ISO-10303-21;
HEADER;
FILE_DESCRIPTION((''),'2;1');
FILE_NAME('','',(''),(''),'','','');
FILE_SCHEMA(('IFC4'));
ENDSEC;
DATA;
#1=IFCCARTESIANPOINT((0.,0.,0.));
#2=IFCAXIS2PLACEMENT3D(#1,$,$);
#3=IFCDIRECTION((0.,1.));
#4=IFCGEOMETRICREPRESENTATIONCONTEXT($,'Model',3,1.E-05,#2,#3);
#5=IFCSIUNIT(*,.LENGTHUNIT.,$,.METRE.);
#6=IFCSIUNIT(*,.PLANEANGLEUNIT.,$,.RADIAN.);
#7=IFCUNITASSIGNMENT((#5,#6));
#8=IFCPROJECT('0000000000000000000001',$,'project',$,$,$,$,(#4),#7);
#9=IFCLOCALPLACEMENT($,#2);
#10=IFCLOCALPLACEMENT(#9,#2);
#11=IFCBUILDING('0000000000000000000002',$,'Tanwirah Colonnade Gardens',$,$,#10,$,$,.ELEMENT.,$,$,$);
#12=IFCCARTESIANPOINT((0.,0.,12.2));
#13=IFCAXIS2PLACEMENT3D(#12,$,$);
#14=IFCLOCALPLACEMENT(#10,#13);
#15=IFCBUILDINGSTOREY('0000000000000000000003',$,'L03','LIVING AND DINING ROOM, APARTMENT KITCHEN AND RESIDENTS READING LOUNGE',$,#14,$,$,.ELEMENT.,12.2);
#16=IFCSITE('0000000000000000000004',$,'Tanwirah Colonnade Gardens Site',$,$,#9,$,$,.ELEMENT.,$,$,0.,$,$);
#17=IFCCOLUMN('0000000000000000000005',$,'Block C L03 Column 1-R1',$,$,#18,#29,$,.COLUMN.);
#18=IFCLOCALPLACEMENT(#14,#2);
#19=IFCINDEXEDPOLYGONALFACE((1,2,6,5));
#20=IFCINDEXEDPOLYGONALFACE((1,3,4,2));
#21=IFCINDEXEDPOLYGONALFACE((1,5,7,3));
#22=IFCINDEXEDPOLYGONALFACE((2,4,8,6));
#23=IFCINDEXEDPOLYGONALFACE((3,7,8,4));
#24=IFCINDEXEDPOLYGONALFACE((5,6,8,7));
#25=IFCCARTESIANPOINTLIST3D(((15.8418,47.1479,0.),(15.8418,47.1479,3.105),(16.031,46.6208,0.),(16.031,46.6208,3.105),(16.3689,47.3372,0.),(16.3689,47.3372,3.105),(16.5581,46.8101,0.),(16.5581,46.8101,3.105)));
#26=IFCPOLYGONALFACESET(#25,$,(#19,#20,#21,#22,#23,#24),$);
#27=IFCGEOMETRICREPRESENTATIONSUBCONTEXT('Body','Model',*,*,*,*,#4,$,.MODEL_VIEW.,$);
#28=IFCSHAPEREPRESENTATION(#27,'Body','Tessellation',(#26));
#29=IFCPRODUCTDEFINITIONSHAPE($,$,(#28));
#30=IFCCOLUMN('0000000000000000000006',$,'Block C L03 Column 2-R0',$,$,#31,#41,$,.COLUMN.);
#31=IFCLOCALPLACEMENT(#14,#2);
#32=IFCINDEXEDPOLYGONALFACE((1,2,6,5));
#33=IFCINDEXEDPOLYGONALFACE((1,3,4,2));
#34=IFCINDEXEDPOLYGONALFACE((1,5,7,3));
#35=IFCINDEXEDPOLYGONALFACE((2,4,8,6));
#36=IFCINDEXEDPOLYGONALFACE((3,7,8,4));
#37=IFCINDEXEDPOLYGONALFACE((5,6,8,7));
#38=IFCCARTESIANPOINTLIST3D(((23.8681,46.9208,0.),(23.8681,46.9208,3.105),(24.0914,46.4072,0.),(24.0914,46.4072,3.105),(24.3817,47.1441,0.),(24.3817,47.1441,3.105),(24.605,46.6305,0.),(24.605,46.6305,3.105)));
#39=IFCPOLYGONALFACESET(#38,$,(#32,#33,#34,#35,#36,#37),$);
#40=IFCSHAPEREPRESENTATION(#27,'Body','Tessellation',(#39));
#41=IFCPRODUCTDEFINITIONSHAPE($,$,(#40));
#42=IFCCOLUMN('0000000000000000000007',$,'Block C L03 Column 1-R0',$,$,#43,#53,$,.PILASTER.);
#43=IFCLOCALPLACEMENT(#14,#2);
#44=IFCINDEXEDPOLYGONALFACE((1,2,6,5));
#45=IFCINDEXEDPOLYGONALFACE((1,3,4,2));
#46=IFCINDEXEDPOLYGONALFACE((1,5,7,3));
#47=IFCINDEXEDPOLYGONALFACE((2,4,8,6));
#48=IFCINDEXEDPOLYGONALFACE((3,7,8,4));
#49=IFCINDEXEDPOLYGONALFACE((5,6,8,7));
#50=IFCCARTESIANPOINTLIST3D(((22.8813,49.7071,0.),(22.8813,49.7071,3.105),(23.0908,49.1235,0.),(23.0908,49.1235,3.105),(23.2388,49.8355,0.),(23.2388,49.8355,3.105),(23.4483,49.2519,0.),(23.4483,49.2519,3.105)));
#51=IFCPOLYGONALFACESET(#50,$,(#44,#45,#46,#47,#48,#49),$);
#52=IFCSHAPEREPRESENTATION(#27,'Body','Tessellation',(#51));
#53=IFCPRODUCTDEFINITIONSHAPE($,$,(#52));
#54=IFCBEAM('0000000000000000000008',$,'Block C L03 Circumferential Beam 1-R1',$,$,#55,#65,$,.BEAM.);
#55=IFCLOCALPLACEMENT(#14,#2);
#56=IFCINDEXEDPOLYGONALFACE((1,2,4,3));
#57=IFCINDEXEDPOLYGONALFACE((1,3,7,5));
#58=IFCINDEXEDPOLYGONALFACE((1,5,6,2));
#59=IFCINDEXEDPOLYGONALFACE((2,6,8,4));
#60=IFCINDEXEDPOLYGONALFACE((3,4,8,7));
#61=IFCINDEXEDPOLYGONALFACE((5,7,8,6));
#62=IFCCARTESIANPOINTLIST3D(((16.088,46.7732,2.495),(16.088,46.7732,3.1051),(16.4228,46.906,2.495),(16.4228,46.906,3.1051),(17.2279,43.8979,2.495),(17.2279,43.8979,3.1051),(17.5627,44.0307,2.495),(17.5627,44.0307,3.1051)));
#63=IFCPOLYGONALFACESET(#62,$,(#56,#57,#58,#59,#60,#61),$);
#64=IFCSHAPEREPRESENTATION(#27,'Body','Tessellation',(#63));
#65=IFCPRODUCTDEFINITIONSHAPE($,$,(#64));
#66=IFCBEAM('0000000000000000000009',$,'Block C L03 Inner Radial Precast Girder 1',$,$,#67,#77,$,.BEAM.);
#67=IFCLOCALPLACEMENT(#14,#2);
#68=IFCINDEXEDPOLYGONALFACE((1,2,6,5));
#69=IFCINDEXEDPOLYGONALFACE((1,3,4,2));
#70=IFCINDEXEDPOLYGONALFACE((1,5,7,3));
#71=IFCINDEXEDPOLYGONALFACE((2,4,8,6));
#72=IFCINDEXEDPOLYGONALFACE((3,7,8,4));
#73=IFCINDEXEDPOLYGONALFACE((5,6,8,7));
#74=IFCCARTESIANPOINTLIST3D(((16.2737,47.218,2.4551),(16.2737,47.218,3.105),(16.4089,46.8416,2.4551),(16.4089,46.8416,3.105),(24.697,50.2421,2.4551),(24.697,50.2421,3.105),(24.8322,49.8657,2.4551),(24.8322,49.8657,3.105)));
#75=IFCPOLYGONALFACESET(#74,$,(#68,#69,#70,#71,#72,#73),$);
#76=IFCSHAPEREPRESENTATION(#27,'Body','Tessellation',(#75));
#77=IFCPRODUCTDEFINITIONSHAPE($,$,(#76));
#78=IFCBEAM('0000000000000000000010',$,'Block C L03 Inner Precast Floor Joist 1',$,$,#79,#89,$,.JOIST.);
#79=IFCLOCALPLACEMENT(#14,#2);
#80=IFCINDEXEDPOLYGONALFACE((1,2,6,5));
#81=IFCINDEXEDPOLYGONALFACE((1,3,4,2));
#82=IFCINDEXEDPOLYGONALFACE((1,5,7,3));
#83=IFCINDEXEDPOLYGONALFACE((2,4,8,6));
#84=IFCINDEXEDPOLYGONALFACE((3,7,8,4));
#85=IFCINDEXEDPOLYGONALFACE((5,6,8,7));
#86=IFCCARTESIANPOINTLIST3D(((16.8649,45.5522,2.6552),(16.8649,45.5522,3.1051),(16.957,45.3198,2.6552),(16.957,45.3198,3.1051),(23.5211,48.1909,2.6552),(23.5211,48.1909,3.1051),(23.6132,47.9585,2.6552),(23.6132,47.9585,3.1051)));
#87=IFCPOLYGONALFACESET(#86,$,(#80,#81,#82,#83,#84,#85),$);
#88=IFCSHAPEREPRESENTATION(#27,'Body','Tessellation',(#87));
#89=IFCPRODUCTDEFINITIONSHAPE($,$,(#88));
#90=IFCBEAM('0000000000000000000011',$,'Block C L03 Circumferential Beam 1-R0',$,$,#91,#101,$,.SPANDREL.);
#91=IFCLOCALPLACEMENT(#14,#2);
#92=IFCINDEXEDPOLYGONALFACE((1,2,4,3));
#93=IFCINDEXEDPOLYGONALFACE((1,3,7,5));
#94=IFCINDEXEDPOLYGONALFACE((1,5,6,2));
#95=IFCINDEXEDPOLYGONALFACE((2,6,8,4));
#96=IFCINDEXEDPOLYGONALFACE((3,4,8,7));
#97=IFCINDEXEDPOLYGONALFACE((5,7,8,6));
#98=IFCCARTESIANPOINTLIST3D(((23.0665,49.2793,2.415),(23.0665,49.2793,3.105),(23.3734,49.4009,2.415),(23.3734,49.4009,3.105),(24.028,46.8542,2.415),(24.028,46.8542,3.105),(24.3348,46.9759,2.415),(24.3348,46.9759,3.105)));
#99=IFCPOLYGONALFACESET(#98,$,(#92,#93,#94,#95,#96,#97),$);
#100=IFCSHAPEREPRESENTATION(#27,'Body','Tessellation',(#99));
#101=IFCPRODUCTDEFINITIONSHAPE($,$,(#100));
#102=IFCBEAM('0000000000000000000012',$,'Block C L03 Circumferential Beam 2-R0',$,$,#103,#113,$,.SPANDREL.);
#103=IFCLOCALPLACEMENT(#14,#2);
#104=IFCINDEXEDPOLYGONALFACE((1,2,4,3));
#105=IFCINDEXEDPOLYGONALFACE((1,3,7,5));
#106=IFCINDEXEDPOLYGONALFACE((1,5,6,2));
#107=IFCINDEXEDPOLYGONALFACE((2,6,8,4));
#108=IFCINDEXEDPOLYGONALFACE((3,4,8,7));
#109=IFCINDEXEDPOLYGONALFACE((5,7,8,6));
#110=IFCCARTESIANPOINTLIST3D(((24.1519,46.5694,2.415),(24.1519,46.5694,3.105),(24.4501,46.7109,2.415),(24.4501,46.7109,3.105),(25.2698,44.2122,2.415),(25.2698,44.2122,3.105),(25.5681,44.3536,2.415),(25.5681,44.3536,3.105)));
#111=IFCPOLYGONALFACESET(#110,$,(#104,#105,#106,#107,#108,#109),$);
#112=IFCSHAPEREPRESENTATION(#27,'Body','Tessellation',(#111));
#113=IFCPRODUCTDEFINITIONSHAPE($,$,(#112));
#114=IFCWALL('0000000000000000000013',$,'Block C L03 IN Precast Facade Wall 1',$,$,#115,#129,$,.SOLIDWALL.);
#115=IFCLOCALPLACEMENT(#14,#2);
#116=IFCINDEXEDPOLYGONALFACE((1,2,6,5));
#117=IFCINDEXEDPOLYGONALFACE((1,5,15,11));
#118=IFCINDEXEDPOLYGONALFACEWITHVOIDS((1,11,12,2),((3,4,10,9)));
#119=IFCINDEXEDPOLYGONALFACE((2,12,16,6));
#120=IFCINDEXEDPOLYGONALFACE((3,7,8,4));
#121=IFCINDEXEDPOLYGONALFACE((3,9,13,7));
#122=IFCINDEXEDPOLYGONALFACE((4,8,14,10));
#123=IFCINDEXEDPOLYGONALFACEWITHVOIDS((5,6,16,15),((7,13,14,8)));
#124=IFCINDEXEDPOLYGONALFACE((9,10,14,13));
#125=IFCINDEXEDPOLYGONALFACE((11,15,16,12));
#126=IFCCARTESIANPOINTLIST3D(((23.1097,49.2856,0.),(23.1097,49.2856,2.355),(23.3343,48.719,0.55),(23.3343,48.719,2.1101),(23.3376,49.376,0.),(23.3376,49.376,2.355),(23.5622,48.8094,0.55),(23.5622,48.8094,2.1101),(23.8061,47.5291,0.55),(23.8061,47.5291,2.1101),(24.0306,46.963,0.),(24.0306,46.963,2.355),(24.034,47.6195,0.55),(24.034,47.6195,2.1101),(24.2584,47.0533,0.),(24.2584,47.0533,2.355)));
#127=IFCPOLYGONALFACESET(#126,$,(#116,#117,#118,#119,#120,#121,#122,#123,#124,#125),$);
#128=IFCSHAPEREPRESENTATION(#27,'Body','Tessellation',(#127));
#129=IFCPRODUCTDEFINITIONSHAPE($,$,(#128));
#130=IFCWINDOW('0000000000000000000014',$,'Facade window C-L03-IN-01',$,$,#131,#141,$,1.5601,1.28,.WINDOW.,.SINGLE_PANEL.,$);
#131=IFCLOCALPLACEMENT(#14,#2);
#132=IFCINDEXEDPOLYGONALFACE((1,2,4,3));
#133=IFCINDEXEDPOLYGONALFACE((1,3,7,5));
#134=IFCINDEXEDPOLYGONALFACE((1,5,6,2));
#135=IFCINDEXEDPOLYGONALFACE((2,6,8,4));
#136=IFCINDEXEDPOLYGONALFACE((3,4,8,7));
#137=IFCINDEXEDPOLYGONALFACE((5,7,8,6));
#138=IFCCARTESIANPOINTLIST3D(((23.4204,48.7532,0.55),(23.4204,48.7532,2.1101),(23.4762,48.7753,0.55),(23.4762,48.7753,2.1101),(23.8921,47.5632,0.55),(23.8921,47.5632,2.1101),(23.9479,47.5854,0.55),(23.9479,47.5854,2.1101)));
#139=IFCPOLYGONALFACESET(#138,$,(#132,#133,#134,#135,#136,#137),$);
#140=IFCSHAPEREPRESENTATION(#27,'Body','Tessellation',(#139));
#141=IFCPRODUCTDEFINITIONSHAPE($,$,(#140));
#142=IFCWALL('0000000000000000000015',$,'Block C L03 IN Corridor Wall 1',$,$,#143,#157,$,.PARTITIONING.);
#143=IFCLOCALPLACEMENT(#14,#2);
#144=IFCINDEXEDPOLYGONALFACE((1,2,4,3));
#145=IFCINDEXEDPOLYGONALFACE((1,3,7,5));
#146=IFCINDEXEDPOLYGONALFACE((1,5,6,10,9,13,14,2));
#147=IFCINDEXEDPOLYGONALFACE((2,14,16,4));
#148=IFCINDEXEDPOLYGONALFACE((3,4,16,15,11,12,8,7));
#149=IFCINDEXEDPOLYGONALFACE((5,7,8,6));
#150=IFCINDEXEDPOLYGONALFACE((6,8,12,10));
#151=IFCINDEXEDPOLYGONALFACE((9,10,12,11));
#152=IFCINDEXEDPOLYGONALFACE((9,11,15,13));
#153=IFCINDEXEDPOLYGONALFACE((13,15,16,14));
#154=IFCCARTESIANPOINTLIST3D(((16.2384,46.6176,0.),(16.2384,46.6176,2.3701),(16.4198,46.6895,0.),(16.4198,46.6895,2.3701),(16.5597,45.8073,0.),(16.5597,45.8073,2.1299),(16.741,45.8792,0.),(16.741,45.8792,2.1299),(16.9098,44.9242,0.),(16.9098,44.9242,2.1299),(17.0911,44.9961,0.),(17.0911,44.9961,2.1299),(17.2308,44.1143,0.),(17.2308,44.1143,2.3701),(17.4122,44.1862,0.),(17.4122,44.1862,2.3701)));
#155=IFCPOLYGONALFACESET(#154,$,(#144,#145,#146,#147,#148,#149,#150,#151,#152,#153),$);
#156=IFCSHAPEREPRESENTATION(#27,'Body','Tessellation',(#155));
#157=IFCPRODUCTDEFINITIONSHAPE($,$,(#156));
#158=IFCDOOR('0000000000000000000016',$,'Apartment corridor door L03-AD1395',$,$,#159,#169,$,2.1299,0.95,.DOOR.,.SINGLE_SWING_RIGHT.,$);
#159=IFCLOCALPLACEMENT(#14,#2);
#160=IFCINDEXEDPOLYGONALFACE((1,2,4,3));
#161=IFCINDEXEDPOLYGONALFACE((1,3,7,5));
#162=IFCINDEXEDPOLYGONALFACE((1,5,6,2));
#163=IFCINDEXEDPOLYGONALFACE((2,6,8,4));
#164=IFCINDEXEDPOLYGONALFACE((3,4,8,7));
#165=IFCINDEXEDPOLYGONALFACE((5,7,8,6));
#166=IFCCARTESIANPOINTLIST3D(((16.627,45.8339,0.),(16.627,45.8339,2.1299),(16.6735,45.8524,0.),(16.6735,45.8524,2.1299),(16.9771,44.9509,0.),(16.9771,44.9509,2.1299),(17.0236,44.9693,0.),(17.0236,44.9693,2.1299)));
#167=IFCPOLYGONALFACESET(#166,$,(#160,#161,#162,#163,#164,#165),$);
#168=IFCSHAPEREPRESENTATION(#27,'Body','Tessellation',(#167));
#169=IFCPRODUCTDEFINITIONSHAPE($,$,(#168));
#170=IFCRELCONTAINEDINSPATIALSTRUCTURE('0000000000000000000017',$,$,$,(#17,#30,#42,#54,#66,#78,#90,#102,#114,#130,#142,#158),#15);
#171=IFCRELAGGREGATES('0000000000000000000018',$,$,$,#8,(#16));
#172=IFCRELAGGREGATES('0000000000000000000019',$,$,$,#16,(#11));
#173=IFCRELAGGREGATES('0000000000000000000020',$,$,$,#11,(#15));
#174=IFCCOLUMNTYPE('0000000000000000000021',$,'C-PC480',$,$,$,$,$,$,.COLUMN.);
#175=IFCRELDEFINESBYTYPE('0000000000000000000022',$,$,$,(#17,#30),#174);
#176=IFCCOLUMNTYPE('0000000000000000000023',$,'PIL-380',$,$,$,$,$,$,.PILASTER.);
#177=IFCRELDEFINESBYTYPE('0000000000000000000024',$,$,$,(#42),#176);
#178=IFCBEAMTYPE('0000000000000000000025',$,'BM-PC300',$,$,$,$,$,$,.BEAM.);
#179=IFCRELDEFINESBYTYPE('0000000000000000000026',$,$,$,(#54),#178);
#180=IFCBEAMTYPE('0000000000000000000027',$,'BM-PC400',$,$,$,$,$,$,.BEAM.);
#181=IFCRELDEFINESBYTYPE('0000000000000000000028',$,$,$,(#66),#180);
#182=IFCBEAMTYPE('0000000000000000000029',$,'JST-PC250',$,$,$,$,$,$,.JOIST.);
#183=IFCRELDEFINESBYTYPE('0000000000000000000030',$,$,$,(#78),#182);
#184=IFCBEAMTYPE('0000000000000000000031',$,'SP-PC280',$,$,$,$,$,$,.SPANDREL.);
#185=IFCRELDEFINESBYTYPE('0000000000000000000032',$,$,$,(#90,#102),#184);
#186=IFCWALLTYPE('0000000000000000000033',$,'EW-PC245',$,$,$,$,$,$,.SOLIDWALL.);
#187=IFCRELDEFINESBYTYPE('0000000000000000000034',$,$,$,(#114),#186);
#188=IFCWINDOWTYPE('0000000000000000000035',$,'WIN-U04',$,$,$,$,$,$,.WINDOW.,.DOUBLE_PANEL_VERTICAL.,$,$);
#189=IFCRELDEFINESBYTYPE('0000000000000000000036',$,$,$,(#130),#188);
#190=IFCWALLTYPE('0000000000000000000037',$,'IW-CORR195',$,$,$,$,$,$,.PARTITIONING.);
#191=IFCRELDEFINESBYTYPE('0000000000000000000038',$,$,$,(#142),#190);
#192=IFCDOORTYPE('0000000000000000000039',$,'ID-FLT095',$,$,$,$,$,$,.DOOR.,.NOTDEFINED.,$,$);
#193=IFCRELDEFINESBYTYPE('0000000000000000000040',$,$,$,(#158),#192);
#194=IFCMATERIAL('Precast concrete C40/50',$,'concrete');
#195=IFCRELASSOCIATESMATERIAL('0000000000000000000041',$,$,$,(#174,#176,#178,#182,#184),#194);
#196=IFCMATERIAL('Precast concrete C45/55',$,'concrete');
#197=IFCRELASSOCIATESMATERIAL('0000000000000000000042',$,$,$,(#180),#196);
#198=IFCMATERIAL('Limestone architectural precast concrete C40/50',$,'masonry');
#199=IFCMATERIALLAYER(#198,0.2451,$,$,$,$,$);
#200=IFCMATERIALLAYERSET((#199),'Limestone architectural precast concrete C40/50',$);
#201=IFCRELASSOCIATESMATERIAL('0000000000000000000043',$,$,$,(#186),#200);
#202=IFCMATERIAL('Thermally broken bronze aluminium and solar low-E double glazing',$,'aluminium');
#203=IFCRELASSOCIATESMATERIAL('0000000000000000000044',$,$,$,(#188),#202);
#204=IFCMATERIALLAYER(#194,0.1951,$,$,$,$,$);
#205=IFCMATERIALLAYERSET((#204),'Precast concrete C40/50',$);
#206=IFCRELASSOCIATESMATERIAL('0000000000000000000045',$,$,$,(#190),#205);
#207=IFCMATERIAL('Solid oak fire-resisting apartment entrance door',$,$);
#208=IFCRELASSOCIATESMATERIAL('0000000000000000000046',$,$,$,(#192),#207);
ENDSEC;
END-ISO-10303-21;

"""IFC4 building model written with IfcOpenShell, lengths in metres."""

from ifc_helpers import new_model, si_unit, direction, frame, frame_2d, origin, origin_2d, place, context, subcontext, project, spatial, rectangle, extrude, material, layer, layer_set, material_profile, profile_set, type_object, element, fill, save


model = new_model("IFC4")

# Units and contexts
model_context = context("Model", 3, precision=1e-05, world=origin(), true_north=direction((0.0, 1.0)))
body_context = subcontext(model_context, "Body", "Model", "MODEL_VIEW")
ifc_project = project(units=[si_unit("LENGTHUNIT", "METRE"), si_unit("PLANEANGLEUNIT", "RADIAN")], contexts=[model_context])

# Site, building, storey
site_placement = place(None, origin())
site = spatial("IfcSite", under=ifc_project, at=site_placement, Name="Tanwirah Colonnade Gardens Site", CompositionType="ELEMENT", RefElevation=0.0)
building_placement = place(site_placement, origin())
building = spatial("IfcBuilding", under=site, at=building_placement, Name="Tanwirah Colonnade Gardens", CompositionType="ELEMENT")
storey_placement = place(building_placement, frame((0.0, 0.0, 12.2)))
storey = spatial("IfcBuildingStorey", under=building, at=storey_placement, Name="L03", Description="LIVING AND DINING ROOM, APARTMENT KITCHEN AND RESIDENTS READING LOUNGE", CompositionType="ELEMENT", Elevation=12.2)

# Columns
ifc_material_1 = material(Name="Precast concrete C40/50", Category="concrete")
ifc_material_profile_1 = material_profile(ifc_material_1, rectangle(XDim=0.5601, YDim=0.5601, at=origin_2d()), Name="PC-COL 560x560")
ifc_profile_set_1 = profile_set([ifc_material_profile_1], Name="Precast concrete C40/50")
column_type_1 = type_object("IfcColumnType", Name="C-PC480", PredefinedType="COLUMN", material=ifc_profile_set_1)
for number, where, z_axis, x_axis, name in (
    (1, (16.2, 46.979, 0.0), (0.0, 0.0, 1.0), (-0.941176, -0.337917, 0.0), "Block C L03 Column 1-R1"),
    (2, (24.2366, 46.7756, 0.0), (0.0, 0.0, 1.0), (-0.91706, -0.398749, 0.0), "Block C L03 Column 2-R0"),
):
    element("IfcColumn", number, at=place(storey_placement, frame(where, z_axis=z_axis, x_axis=x_axis)), inside=storey, type_object=column_type_1, Name=name, PredefinedType="COLUMN", context=body_context, shape_type="SweptSolid", body=[
        extrude(rectangle(XDim=0.5601, YDim=0.5601, at=origin_2d()), origin(), (0.0, 0.0, 1.0), 3.105),
    ])
ifc_material_profile_2 = material_profile(ifc_material_1, rectangle(XDim=0.3799, YDim=0.6201, at=origin_2d()), Name="PC-PIL 380x620")
ifc_profile_set_2 = profile_set([ifc_material_profile_2], Name="Precast concrete C40/50")
column_type_2 = type_object("IfcColumnType", Name="PIL-380", PredefinedType="PILASTER", material=ifc_profile_set_2)
column_placement = place(storey_placement, frame((23.1648, 49.4795, 0.0), z_axis=(0.0, 0.0, 1.0), x_axis=(-0.941176, -0.337917, 0.0)))
element("IfcColumn", 3, at=column_placement, inside=storey, type_object=column_type_2, Name="Block C L03 Column 1-R0", PredefinedType="PILASTER", context=body_context, shape_type="SweptSolid", body=[
    extrude(rectangle(XDim=0.3799, YDim=0.6201, at=origin_2d()), origin(), (0.0, 0.0, 1.0), 3.105),
])

# Beams
ifc_material_profile_3 = material_profile(ifc_material_1, rectangle(XDim=0.3601, YDim=0.6101, at=origin_2d()), Name="PC-BM 360x610")
ifc_profile_set_3 = profile_set([ifc_material_profile_3], Name="Precast concrete C40/50")
beam_type_1 = type_object("IfcBeamType", Name="BM-PC300", PredefinedType="BEAM", material=ifc_profile_set_3)
beam_1_placement = place(storey_placement, frame((16.2554, 46.8396, 2.8), z_axis=(0.368545, -0.92961, 0.0), x_axis=(0.92961, 0.368545, 0.0)))
element("IfcBeam", 4, at=beam_1_placement, inside=storey, type_object=beam_type_1, Name="Block C L03 Circumferential Beam 1-R1", PredefinedType="BEAM", context=body_context, shape_type="SweptSolid", body=[
    extrude(rectangle(XDim=0.3601, YDim=0.6101, at=origin_2d()), origin(), (0.0, 0.0, 1.0), 3.093),
])
ifc_material_2 = material(Name="Precast concrete C45/55", Category="concrete")
ifc_material_profile_4 = material_profile(ifc_material_2, rectangle(XDim=0.3999, YDim=0.6499, at=origin_2d()), Name="PC-BM 400x650")
ifc_profile_set_4 = profile_set([ifc_material_profile_4], Name="Precast concrete C45/55")
beam_type_2 = type_object("IfcBeamType", Name="BM-PC400", PredefinedType="BEAM", material=ifc_profile_set_4)
beam_2_placement = place(storey_placement, frame((16.3413, 47.0298, 2.78), z_axis=(0.94118, 0.337905, 0.0), x_axis=(-0.337905, 0.94118, 0.0)))
element("IfcBeam", 5, at=beam_2_placement, inside=storey, type_object=beam_type_2, Name="Block C L03 Inner Radial Precast Girder 1", PredefinedType="BEAM", context=body_context, shape_type="SweptSolid", body=[
    extrude(rectangle(XDim=0.3999, YDim=0.6499, at=origin_2d()), origin(), (0.0, 0.0, 1.0), 8.9497),
])
ifc_material_profile_5 = material_profile(ifc_material_1, rectangle(XDim=0.25, YDim=0.45, at=origin_2d()), Name="PC-JST 250x450")
ifc_profile_set_5 = profile_set([ifc_material_profile_5], Name="Precast concrete C40/50")
beam_type_3 = type_object("IfcBeamType", Name="JST-PC250", PredefinedType="JOIST", material=ifc_profile_set_5)
beam_3_placement = place(storey_placement, frame((23.5671, 48.0747, 2.8801), z_axis=(-0.92962, -0.36852, 0.0), x_axis=(0.36852, -0.92962, 0.0)))
element("IfcBeam", 6, at=beam_3_placement, inside=storey, type_object=beam_type_3, Name="Block C L03 Inner Precast Floor Joist 1", PredefinedType="JOIST", context=body_context, shape_type="SweptSolid", body=[
    extrude(rectangle(XDim=0.25, YDim=0.45, at=origin_2d()), origin(), (0.0, 0.0, 1.0), 7.1602),
])
ifc_material_profile_6 = material_profile(ifc_material_1, rectangle(XDim=0.3301, YDim=0.6899, at=origin_2d()), Name="PC-SP 330x690")
ifc_profile_set_6 = profile_set([ifc_material_profile_6], Name="Precast concrete C40/50")
beam_type_4 = type_object("IfcBeamType", Name="SP-PC280", PredefinedType="SPANDREL", material=ifc_profile_set_6)
beam_4_placement = place(storey_placement, frame((23.22, 49.3401, 2.76), z_axis=(0.368549, -0.929608, 0.0), x_axis=(0.929608, 0.368549, 0.0)))
element("IfcBeam", 7, at=beam_4_placement, inside=storey, type_object=beam_type_4, Name="Block C L03 Circumferential Beam 1-R0", PredefinedType="SPANDREL", context=body_context, shape_type="SweptSolid", body=[
    extrude(rectangle(XDim=0.3301, YDim=0.6899, at=origin_2d()), origin(), (0.0, 0.0, 1.0), 2.6086),
])
beam_5_placement = place(storey_placement, frame((24.301, 46.6401, 2.76), z_axis=(0.428513, -0.903536, 0.0), x_axis=(0.903536, 0.428513, 0.0)))
element("IfcBeam", 8, at=beam_5_placement, inside=storey, type_object=beam_type_4, Name="Block C L03 Circumferential Beam 2-R0", PredefinedType="SPANDREL", context=body_context, shape_type="SweptSolid", body=[
    extrude(rectangle(XDim=0.3301, YDim=0.6899, at=origin_2d()), origin(), (0.0, 0.0, 1.0), 2.6089),
])

# Wall, opening, window
ifc_material_3 = material(Name="Limestone architectural precast concrete C40/50", Category="masonry")
ifc_layer_1 = layer(ifc_material_3, 0.2451)
ifc_layer_set_1 = layer_set([ifc_layer_1], Name="Limestone architectural precast concrete C40/50")
wall_type_1 = type_object("IfcWallType", Name="EW-PC245", PredefinedType="SOLIDWALL", material=ifc_layer_set_1)
wall_1_placement = place(storey_placement, frame((23.2236, 49.3308, 0.0), z_axis=(0.0, 0.0, 1.0), x_axis=(0.368559, -0.929604, 0.0)))
wall_1 = element("IfcWall", 9, at=wall_1_placement, inside=storey, type_object=wall_type_1, Name="Block C L03 IN Precast Facade Wall 1", PredefinedType="SOLIDWALL", context=body_context, shape_type="SweptSolid", body=[
    extrude(rectangle(XDim=2.4985, YDim=0.2451, at=frame_2d((1.2493, 0.0))), origin(), (0.0, 0.0, 1.0), 2.355),
])
opening_1_placement = place(wall_1_placement, frame((0.6094, 0.0, 0.55)))
opening_1 = element("IfcOpeningElement", 10, at=opening_1_placement, cuts=wall_1, PredefinedType="OPENING", context=body_context, shape_type="SweptSolid", body=[
    extrude(rectangle(XDim=1.28, YDim=1.5601, at=frame_2d((0.6401, 0.78))), frame((0.0, 0.1326, 0.0), z_axis=(0.0, -1.0, 0.0), x_axis=(1.0, 0.0, 0.0)), (0.0, 0.0, 1.0), 0.2651),
])
ifc_material_4 = material(Name="Thermally broken bronze aluminium and solar low-E double glazing", Category="aluminium")
window_type = type_object("IfcWindowType", Name="WIN-U04", PartitioningType="DOUBLE_PANEL_VERTICAL", PredefinedType="WINDOW", material=ifc_material_4)
window_placement = place(opening_1_placement, origin())
window = element("IfcWindow", 11, at=window_placement, inside=storey, type_object=window_type, Name="Facade window C-L03-IN-01", OverallHeight=1.5601, OverallWidth=1.28, PartitioningType="SINGLE_PANEL", PredefinedType="WINDOW", context=body_context, shape_type="SweptSolid", body=[
    extrude(rectangle(XDim=1.28, YDim=1.5601, at=frame_2d((0.6401, 0.78))), frame((0.0, 0.03, 0.0), z_axis=(0.0, -1.0, 0.0), x_axis=(1.0, 0.0, 0.0)), (0.0, 0.0, 1.0), 0.0601),
])
fill(opening_1, window)

# Wall, opening, door
ifc_layer_2 = layer(ifc_material_1, 0.1951)
ifc_layer_set_2 = layer_set([ifc_layer_2], Name="Precast concrete C40/50")
wall_type_2 = type_object("IfcWallType", Name="IW-CORR195", PredefinedType="PARTITIONING", material=ifc_layer_set_2)
wall_2_placement = place(storey_placement, frame((16.3291, 46.6536, 0.0), z_axis=(0.0, 0.0, 1.0), x_axis=(0.368528, -0.929616, 0.0)))
wall_2 = element("IfcWall", 12, at=wall_2_placement, inside=storey, type_object=wall_type_2, Name="Block C L03 IN Corridor Wall 1", PredefinedType="PARTITIONING", context=body_context, shape_type="SweptSolid", body=[
    extrude(rectangle(XDim=2.6929, YDim=0.1951, at=frame_2d((1.3464, 0.0))), origin(), (0.0, 0.0, 1.0), 2.3701),
])
opening_2_placement = place(wall_2_placement, frame((0.8716, 0.0, 0.0)))
opening_2 = element("IfcOpeningElement", 13, at=opening_2_placement, cuts=wall_2, PredefinedType="OPENING", context=body_context, shape_type="SweptSolid", body=[
    extrude(rectangle(XDim=0.95, YDim=2.1299, at=frame_2d((0.4751, 1.0649))), frame((0.0, 0.1074, 0.0), z_axis=(0.0, -1.0, 0.0), x_axis=(1.0, 0.0, 0.0)), (0.0, 0.0, 1.0), 0.2151),
])
ifc_material_5 = material(Name="Solid oak fire-resisting apartment entrance door")
door_type_1 = type_object("IfcDoorType", Name="ID-FLT095", OperationType="NOTDEFINED", PredefinedType="DOOR", material=ifc_material_5)
door_1_placement = place(opening_2_placement, origin())
door_1 = element("IfcDoor", 14, at=door_1_placement, inside=storey, type_object=door_type_1, Name="Apartment corridor door L03-AD1395", OperationType="SINGLE_SWING_RIGHT", OverallHeight=2.1299, OverallWidth=0.95, PredefinedType="DOOR", context=body_context, shape_type="SweptSolid", body=[
    extrude(rectangle(XDim=0.95, YDim=2.1299, at=frame_2d((0.4751, 1.0649))), frame((0.0, 0.0249, 0.0), z_axis=(0.0, -1.0, 0.0), x_axis=(1.0, 0.0, 0.0)), (0.0, 0.0, 1.0), 0.05),
])
fill(opening_2, door_1)

save(model, "model.ifc")
